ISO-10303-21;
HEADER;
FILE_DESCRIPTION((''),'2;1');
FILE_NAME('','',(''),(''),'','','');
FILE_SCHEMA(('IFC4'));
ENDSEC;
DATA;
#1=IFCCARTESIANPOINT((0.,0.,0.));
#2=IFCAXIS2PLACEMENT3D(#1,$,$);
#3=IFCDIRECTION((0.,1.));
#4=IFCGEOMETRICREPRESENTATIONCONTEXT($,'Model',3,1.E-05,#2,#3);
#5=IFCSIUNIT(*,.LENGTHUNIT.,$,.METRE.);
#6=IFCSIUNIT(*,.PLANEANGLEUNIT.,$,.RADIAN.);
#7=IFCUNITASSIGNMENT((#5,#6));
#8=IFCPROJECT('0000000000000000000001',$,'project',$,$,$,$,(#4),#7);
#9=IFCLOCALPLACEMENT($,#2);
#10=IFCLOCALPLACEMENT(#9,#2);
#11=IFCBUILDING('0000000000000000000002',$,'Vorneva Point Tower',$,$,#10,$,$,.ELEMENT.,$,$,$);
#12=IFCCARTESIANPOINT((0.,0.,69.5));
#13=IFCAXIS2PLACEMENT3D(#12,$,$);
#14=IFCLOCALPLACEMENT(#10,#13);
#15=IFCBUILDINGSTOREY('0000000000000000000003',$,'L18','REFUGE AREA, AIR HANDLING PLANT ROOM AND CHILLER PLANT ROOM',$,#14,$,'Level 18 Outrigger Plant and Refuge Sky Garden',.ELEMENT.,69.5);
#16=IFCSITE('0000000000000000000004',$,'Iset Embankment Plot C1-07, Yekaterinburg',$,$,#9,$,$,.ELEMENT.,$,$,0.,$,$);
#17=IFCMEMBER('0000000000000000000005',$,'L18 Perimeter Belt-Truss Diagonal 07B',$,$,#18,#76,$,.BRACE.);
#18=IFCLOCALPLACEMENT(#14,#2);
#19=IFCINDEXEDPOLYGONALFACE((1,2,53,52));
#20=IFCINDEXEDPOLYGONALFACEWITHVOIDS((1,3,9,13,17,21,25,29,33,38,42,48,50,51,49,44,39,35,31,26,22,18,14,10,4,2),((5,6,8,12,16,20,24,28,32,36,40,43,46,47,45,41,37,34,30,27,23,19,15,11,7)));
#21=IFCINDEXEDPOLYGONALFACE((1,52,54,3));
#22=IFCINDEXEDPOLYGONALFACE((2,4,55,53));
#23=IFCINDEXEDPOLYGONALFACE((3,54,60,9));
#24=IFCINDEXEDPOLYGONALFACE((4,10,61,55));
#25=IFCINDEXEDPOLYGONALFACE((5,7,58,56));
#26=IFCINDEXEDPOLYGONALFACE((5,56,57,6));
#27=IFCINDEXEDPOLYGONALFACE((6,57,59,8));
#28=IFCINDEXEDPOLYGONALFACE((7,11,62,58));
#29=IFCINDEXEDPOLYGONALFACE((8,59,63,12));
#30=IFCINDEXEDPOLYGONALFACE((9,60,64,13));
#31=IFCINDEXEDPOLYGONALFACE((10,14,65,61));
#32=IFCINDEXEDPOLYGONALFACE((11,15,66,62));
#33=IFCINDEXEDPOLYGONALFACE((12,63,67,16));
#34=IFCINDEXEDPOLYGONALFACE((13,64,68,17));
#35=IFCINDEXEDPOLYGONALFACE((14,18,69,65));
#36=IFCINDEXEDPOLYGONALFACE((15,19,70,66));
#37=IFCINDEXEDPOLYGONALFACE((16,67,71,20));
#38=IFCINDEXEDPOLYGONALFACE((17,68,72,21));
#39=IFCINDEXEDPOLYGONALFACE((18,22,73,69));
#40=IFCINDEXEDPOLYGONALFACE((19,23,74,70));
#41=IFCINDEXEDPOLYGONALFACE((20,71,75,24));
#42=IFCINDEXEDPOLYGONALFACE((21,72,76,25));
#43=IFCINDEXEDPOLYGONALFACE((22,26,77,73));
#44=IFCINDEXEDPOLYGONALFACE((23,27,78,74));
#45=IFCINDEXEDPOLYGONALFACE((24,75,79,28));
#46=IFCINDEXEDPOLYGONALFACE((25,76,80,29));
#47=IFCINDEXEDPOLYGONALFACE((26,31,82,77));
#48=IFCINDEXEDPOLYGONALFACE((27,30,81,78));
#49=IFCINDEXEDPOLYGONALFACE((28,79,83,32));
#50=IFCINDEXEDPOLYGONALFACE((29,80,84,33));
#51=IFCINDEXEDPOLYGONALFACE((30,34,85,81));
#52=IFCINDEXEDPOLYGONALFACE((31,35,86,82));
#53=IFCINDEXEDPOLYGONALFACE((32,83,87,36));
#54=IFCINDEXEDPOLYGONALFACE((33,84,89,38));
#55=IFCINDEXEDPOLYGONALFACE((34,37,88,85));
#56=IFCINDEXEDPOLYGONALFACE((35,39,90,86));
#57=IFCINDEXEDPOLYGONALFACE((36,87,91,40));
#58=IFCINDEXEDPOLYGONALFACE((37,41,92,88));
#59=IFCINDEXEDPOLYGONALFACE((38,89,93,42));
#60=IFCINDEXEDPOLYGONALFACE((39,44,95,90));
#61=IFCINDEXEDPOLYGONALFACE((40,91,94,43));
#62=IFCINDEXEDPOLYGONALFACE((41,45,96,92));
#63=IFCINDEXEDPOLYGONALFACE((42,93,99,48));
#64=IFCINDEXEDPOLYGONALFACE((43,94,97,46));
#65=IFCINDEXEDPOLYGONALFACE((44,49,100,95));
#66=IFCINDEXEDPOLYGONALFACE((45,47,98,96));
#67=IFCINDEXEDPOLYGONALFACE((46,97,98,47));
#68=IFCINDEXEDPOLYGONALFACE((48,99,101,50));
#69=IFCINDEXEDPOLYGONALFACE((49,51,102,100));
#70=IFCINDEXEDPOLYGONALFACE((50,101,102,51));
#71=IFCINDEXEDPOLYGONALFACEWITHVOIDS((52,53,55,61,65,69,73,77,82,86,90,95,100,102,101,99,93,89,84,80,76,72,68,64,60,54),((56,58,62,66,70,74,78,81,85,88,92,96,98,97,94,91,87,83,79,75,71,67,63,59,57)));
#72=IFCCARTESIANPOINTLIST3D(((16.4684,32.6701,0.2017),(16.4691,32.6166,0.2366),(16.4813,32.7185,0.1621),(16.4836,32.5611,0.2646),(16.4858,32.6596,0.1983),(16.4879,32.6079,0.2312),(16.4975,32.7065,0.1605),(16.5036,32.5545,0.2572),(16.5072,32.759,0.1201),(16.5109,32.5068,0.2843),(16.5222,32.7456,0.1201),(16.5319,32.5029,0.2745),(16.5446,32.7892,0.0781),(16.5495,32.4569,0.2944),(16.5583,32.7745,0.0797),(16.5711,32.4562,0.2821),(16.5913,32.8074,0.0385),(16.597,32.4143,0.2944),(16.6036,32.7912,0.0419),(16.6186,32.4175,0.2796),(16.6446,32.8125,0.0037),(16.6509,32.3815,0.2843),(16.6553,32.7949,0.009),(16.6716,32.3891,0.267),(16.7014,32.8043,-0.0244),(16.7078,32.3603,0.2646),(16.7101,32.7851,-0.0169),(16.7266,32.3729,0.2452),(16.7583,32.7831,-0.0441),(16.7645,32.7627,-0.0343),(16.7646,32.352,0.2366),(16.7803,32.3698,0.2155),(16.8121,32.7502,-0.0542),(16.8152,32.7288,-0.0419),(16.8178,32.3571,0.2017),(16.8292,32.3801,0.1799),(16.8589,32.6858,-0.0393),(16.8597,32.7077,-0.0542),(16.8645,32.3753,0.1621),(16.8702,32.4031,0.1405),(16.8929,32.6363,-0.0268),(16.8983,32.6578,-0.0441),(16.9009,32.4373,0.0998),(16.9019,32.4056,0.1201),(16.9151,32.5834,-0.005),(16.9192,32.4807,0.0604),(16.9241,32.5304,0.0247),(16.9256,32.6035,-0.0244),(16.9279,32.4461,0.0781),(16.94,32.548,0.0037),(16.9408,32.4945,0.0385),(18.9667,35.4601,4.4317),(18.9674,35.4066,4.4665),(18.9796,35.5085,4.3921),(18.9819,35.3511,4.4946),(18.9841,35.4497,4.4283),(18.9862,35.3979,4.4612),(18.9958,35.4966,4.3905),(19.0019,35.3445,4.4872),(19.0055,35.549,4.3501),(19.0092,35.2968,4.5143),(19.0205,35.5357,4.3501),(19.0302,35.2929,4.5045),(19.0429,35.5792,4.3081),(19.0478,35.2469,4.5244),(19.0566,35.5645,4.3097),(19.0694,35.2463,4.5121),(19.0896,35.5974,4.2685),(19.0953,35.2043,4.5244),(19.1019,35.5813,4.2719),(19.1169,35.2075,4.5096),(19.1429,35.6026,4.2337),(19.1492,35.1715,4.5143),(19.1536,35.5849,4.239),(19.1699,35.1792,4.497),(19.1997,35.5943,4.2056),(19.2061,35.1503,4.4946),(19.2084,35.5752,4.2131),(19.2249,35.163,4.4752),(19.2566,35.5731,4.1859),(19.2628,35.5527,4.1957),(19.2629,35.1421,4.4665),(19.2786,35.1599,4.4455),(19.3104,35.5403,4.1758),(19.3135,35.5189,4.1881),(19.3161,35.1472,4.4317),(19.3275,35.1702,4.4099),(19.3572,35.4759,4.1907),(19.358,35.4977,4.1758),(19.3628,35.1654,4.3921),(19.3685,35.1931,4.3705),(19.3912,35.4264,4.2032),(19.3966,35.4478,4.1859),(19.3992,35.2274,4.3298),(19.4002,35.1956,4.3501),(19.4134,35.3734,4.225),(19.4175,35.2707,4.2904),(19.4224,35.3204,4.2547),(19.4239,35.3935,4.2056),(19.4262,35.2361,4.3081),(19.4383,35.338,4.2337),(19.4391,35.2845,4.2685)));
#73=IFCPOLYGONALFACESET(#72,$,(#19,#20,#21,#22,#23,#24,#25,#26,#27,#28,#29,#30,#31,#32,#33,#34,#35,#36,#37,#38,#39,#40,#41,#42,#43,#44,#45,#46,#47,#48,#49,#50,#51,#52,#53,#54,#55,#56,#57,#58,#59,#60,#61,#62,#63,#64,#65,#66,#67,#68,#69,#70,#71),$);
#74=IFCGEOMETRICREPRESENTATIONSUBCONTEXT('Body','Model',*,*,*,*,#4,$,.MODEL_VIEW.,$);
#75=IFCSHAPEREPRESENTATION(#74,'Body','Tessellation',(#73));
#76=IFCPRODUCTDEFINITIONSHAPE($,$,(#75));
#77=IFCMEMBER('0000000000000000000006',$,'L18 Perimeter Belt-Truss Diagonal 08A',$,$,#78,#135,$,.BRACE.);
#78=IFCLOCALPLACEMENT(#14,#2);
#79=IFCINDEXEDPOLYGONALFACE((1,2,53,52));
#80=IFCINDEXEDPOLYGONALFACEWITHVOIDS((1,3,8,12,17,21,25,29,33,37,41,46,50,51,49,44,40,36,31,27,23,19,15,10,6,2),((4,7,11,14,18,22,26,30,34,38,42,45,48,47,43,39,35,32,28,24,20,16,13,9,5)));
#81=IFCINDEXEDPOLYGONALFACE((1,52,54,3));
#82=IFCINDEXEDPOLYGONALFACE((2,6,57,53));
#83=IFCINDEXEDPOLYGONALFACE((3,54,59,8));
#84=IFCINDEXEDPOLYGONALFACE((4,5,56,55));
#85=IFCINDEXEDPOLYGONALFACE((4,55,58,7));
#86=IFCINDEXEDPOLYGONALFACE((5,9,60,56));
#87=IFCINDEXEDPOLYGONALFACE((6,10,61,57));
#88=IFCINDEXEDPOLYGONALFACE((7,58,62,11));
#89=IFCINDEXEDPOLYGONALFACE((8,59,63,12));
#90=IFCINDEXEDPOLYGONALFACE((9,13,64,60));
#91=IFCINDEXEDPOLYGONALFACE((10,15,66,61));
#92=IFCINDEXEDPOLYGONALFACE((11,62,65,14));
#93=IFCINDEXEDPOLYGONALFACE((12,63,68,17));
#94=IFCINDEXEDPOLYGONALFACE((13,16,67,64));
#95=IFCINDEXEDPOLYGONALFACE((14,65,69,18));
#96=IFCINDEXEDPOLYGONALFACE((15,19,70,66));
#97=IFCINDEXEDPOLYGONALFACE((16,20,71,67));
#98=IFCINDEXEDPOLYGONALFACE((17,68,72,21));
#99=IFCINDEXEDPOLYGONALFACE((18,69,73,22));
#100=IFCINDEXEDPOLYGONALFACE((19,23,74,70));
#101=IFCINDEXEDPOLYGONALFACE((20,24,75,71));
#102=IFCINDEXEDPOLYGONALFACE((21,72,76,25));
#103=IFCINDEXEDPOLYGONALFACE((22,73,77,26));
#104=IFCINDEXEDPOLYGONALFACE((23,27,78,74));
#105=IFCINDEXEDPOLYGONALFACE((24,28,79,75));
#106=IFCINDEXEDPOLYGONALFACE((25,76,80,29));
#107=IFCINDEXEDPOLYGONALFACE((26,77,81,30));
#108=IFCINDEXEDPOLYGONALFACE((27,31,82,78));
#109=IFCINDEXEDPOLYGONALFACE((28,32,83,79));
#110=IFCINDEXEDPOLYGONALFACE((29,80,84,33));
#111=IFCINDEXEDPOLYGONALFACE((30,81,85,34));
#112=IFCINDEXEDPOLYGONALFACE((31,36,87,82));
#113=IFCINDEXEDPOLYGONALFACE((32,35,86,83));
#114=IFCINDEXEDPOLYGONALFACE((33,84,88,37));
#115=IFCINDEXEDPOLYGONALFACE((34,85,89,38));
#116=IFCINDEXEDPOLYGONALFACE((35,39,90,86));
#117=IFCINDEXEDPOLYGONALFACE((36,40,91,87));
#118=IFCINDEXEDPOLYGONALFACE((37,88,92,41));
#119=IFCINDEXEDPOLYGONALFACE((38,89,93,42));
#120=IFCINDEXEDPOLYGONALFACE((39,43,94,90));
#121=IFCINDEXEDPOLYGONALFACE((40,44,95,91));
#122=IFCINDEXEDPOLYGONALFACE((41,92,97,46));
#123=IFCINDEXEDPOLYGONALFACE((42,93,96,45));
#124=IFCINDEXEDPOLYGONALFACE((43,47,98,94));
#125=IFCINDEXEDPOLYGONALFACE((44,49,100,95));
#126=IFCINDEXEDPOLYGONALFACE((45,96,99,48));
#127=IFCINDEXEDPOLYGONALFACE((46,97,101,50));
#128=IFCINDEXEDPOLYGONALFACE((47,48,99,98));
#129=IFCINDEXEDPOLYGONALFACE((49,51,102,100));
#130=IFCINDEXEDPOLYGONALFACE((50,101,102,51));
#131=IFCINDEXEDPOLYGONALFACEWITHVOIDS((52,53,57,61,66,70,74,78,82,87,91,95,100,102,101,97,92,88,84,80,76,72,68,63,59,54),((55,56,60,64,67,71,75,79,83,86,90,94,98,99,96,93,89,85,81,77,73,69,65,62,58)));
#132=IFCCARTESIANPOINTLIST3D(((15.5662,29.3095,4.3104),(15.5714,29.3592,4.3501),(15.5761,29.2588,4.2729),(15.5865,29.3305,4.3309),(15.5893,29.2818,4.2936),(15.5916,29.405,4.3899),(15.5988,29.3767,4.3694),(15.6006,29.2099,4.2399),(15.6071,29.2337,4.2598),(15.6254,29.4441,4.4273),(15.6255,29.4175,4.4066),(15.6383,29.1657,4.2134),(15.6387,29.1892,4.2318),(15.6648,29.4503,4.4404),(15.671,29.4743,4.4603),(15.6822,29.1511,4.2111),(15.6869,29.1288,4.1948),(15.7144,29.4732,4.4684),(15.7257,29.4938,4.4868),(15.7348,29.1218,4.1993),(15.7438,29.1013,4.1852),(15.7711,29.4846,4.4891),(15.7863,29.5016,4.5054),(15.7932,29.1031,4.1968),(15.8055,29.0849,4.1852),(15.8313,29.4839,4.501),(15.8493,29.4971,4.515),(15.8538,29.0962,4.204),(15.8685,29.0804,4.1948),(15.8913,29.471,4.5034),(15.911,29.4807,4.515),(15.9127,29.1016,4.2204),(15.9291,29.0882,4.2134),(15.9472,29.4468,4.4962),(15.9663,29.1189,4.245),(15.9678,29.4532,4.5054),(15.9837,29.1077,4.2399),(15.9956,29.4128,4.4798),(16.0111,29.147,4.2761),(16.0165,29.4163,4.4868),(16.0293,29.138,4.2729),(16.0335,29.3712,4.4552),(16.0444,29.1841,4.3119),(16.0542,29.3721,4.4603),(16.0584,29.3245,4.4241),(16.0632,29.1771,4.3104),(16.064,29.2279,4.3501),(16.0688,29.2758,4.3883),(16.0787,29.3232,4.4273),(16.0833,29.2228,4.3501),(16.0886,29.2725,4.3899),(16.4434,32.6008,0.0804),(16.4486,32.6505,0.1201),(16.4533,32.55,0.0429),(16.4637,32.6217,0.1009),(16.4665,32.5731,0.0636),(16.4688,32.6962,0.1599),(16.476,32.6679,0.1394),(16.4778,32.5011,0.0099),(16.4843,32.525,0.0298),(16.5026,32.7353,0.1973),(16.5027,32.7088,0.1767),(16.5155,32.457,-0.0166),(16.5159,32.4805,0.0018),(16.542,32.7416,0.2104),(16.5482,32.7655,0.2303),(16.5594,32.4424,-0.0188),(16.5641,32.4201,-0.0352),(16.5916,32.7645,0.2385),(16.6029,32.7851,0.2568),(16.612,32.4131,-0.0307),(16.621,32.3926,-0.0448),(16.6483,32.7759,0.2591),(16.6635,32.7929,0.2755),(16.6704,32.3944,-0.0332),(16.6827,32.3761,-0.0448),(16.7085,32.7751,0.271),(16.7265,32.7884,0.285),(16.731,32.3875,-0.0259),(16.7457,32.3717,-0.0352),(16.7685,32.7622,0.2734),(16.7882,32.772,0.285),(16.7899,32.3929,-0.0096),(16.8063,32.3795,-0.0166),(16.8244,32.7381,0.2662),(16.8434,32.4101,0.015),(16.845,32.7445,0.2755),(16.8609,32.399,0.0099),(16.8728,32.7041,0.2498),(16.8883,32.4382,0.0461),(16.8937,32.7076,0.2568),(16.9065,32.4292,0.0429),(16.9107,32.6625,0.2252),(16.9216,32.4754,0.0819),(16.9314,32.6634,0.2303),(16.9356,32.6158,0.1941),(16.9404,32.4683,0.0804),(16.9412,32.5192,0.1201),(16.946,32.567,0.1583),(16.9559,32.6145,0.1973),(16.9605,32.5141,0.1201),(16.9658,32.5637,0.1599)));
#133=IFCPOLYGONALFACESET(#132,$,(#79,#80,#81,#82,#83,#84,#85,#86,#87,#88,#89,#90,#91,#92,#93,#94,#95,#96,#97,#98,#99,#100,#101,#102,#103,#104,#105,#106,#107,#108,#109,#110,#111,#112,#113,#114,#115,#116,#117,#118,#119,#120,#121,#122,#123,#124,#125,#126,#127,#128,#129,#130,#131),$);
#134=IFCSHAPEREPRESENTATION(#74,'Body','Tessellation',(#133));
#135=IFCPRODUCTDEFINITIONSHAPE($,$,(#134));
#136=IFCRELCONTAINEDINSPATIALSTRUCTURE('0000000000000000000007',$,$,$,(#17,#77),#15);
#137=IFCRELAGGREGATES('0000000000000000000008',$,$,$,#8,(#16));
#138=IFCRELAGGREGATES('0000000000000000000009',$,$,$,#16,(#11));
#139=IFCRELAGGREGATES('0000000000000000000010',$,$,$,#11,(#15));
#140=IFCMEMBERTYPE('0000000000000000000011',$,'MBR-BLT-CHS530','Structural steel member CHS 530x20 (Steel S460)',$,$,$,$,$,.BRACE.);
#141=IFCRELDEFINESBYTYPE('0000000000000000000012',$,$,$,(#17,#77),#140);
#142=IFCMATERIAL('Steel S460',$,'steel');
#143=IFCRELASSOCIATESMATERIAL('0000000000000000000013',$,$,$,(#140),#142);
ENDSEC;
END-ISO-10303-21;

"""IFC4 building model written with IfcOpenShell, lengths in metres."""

from ifc_helpers import new_model, si_unit, direction, frame, origin, origin_2d, place, context, subcontext, project, spatial, hollow_circle, extrude, material, material_profile, profile_set, type_object, element, save


model = new_model("IFC4")

# Units and contexts
model_context = context("Model", 3, precision=1e-05, world=origin(), true_north=direction((0.0, 1.0)))
body_context = subcontext(model_context, "Body", "Model", "MODEL_VIEW")
ifc_project = project(units=[si_unit("LENGTHUNIT", "METRE"), si_unit("PLANEANGLEUNIT", "RADIAN")], contexts=[model_context])

# Site, building, storey
site_placement = place(None, origin())
site = spatial("IfcSite", under=ifc_project, at=site_placement, Name="Iset Embankment Plot C1-07, Yekaterinburg", CompositionType="ELEMENT", RefElevation=0.0)
building_placement = place(site_placement, origin())
building = spatial("IfcBuilding", under=site, at=building_placement, Name="Vorneva Point Tower", CompositionType="ELEMENT")
storey_placement = place(building_placement, frame((0.0, 0.0, 69.5)))
storey = spatial("IfcBuildingStorey", under=building, at=storey_placement, Name="L18", Description="REFUGE AREA, AIR HANDLING PLANT ROOM AND CHILLER PLANT ROOM", LongName="Level 18 Outrigger Plant and Refuge Sky Garden", CompositionType="ELEMENT", Elevation=69.5)

# Shared definitions
ifc_material_1 = material(Name="Steel S460", Category="steel")

# Members
ifc_material_profile_1 = material_profile(ifc_material_1, hollow_circle(Radius=0.2649, WallThickness=0.02, at=origin_2d()), Name="CHS 530x20")
ifc_profile_set_1 = profile_set([ifc_material_profile_1], Name="Steel S460")
member_type_1 = type_object("IfcMemberType", Name="MBR-BLT-CHS530", Description="Structural steel member CHS 530x20 (Steel S460)", PredefinedType="BRACE", material=ifc_profile_set_1)
member_1_placement = place(storey_placement, frame((16.7046, 32.5823, 0.1201), z_axis=(0.442203, 0.493843, 0.748716), x_axis=(-0.744984, 0.667083, 0.0)))
element("IfcMember", 1, at=member_1_placement, inside=storey, type_object=member_type_1, Name="L18 Perimeter Belt-Truss Diagonal 07B", PredefinedType="BRACE", context=body_context, shape_type="SweptSolid", body=[
    extrude(hollow_circle(Radius=0.2649, WallThickness=0.02, at=origin_2d()), origin(), (0.0, 0.0, 1.0), 5.6497),
])
member_2_placement = place(storey_placement, frame((16.7046, 32.5823, 0.1201), z_axis=(-0.16152, -0.606026, 0.778874), x_axis=(0.966269, -0.257533, 0.0)))
element("IfcMember", 2, at=member_2_placement, inside=storey, type_object=member_type_1, Name="L18 Perimeter Belt-Truss Diagonal 08A", PredefinedType="BRACE", context=body_context, shape_type="SweptSolid", body=[
    extrude(hollow_circle(Radius=0.2649, WallThickness=0.02, at=origin_2d()), origin(), (0.0, 0.0, 1.0), 5.4309),
])

save(model, "model.ifc")
